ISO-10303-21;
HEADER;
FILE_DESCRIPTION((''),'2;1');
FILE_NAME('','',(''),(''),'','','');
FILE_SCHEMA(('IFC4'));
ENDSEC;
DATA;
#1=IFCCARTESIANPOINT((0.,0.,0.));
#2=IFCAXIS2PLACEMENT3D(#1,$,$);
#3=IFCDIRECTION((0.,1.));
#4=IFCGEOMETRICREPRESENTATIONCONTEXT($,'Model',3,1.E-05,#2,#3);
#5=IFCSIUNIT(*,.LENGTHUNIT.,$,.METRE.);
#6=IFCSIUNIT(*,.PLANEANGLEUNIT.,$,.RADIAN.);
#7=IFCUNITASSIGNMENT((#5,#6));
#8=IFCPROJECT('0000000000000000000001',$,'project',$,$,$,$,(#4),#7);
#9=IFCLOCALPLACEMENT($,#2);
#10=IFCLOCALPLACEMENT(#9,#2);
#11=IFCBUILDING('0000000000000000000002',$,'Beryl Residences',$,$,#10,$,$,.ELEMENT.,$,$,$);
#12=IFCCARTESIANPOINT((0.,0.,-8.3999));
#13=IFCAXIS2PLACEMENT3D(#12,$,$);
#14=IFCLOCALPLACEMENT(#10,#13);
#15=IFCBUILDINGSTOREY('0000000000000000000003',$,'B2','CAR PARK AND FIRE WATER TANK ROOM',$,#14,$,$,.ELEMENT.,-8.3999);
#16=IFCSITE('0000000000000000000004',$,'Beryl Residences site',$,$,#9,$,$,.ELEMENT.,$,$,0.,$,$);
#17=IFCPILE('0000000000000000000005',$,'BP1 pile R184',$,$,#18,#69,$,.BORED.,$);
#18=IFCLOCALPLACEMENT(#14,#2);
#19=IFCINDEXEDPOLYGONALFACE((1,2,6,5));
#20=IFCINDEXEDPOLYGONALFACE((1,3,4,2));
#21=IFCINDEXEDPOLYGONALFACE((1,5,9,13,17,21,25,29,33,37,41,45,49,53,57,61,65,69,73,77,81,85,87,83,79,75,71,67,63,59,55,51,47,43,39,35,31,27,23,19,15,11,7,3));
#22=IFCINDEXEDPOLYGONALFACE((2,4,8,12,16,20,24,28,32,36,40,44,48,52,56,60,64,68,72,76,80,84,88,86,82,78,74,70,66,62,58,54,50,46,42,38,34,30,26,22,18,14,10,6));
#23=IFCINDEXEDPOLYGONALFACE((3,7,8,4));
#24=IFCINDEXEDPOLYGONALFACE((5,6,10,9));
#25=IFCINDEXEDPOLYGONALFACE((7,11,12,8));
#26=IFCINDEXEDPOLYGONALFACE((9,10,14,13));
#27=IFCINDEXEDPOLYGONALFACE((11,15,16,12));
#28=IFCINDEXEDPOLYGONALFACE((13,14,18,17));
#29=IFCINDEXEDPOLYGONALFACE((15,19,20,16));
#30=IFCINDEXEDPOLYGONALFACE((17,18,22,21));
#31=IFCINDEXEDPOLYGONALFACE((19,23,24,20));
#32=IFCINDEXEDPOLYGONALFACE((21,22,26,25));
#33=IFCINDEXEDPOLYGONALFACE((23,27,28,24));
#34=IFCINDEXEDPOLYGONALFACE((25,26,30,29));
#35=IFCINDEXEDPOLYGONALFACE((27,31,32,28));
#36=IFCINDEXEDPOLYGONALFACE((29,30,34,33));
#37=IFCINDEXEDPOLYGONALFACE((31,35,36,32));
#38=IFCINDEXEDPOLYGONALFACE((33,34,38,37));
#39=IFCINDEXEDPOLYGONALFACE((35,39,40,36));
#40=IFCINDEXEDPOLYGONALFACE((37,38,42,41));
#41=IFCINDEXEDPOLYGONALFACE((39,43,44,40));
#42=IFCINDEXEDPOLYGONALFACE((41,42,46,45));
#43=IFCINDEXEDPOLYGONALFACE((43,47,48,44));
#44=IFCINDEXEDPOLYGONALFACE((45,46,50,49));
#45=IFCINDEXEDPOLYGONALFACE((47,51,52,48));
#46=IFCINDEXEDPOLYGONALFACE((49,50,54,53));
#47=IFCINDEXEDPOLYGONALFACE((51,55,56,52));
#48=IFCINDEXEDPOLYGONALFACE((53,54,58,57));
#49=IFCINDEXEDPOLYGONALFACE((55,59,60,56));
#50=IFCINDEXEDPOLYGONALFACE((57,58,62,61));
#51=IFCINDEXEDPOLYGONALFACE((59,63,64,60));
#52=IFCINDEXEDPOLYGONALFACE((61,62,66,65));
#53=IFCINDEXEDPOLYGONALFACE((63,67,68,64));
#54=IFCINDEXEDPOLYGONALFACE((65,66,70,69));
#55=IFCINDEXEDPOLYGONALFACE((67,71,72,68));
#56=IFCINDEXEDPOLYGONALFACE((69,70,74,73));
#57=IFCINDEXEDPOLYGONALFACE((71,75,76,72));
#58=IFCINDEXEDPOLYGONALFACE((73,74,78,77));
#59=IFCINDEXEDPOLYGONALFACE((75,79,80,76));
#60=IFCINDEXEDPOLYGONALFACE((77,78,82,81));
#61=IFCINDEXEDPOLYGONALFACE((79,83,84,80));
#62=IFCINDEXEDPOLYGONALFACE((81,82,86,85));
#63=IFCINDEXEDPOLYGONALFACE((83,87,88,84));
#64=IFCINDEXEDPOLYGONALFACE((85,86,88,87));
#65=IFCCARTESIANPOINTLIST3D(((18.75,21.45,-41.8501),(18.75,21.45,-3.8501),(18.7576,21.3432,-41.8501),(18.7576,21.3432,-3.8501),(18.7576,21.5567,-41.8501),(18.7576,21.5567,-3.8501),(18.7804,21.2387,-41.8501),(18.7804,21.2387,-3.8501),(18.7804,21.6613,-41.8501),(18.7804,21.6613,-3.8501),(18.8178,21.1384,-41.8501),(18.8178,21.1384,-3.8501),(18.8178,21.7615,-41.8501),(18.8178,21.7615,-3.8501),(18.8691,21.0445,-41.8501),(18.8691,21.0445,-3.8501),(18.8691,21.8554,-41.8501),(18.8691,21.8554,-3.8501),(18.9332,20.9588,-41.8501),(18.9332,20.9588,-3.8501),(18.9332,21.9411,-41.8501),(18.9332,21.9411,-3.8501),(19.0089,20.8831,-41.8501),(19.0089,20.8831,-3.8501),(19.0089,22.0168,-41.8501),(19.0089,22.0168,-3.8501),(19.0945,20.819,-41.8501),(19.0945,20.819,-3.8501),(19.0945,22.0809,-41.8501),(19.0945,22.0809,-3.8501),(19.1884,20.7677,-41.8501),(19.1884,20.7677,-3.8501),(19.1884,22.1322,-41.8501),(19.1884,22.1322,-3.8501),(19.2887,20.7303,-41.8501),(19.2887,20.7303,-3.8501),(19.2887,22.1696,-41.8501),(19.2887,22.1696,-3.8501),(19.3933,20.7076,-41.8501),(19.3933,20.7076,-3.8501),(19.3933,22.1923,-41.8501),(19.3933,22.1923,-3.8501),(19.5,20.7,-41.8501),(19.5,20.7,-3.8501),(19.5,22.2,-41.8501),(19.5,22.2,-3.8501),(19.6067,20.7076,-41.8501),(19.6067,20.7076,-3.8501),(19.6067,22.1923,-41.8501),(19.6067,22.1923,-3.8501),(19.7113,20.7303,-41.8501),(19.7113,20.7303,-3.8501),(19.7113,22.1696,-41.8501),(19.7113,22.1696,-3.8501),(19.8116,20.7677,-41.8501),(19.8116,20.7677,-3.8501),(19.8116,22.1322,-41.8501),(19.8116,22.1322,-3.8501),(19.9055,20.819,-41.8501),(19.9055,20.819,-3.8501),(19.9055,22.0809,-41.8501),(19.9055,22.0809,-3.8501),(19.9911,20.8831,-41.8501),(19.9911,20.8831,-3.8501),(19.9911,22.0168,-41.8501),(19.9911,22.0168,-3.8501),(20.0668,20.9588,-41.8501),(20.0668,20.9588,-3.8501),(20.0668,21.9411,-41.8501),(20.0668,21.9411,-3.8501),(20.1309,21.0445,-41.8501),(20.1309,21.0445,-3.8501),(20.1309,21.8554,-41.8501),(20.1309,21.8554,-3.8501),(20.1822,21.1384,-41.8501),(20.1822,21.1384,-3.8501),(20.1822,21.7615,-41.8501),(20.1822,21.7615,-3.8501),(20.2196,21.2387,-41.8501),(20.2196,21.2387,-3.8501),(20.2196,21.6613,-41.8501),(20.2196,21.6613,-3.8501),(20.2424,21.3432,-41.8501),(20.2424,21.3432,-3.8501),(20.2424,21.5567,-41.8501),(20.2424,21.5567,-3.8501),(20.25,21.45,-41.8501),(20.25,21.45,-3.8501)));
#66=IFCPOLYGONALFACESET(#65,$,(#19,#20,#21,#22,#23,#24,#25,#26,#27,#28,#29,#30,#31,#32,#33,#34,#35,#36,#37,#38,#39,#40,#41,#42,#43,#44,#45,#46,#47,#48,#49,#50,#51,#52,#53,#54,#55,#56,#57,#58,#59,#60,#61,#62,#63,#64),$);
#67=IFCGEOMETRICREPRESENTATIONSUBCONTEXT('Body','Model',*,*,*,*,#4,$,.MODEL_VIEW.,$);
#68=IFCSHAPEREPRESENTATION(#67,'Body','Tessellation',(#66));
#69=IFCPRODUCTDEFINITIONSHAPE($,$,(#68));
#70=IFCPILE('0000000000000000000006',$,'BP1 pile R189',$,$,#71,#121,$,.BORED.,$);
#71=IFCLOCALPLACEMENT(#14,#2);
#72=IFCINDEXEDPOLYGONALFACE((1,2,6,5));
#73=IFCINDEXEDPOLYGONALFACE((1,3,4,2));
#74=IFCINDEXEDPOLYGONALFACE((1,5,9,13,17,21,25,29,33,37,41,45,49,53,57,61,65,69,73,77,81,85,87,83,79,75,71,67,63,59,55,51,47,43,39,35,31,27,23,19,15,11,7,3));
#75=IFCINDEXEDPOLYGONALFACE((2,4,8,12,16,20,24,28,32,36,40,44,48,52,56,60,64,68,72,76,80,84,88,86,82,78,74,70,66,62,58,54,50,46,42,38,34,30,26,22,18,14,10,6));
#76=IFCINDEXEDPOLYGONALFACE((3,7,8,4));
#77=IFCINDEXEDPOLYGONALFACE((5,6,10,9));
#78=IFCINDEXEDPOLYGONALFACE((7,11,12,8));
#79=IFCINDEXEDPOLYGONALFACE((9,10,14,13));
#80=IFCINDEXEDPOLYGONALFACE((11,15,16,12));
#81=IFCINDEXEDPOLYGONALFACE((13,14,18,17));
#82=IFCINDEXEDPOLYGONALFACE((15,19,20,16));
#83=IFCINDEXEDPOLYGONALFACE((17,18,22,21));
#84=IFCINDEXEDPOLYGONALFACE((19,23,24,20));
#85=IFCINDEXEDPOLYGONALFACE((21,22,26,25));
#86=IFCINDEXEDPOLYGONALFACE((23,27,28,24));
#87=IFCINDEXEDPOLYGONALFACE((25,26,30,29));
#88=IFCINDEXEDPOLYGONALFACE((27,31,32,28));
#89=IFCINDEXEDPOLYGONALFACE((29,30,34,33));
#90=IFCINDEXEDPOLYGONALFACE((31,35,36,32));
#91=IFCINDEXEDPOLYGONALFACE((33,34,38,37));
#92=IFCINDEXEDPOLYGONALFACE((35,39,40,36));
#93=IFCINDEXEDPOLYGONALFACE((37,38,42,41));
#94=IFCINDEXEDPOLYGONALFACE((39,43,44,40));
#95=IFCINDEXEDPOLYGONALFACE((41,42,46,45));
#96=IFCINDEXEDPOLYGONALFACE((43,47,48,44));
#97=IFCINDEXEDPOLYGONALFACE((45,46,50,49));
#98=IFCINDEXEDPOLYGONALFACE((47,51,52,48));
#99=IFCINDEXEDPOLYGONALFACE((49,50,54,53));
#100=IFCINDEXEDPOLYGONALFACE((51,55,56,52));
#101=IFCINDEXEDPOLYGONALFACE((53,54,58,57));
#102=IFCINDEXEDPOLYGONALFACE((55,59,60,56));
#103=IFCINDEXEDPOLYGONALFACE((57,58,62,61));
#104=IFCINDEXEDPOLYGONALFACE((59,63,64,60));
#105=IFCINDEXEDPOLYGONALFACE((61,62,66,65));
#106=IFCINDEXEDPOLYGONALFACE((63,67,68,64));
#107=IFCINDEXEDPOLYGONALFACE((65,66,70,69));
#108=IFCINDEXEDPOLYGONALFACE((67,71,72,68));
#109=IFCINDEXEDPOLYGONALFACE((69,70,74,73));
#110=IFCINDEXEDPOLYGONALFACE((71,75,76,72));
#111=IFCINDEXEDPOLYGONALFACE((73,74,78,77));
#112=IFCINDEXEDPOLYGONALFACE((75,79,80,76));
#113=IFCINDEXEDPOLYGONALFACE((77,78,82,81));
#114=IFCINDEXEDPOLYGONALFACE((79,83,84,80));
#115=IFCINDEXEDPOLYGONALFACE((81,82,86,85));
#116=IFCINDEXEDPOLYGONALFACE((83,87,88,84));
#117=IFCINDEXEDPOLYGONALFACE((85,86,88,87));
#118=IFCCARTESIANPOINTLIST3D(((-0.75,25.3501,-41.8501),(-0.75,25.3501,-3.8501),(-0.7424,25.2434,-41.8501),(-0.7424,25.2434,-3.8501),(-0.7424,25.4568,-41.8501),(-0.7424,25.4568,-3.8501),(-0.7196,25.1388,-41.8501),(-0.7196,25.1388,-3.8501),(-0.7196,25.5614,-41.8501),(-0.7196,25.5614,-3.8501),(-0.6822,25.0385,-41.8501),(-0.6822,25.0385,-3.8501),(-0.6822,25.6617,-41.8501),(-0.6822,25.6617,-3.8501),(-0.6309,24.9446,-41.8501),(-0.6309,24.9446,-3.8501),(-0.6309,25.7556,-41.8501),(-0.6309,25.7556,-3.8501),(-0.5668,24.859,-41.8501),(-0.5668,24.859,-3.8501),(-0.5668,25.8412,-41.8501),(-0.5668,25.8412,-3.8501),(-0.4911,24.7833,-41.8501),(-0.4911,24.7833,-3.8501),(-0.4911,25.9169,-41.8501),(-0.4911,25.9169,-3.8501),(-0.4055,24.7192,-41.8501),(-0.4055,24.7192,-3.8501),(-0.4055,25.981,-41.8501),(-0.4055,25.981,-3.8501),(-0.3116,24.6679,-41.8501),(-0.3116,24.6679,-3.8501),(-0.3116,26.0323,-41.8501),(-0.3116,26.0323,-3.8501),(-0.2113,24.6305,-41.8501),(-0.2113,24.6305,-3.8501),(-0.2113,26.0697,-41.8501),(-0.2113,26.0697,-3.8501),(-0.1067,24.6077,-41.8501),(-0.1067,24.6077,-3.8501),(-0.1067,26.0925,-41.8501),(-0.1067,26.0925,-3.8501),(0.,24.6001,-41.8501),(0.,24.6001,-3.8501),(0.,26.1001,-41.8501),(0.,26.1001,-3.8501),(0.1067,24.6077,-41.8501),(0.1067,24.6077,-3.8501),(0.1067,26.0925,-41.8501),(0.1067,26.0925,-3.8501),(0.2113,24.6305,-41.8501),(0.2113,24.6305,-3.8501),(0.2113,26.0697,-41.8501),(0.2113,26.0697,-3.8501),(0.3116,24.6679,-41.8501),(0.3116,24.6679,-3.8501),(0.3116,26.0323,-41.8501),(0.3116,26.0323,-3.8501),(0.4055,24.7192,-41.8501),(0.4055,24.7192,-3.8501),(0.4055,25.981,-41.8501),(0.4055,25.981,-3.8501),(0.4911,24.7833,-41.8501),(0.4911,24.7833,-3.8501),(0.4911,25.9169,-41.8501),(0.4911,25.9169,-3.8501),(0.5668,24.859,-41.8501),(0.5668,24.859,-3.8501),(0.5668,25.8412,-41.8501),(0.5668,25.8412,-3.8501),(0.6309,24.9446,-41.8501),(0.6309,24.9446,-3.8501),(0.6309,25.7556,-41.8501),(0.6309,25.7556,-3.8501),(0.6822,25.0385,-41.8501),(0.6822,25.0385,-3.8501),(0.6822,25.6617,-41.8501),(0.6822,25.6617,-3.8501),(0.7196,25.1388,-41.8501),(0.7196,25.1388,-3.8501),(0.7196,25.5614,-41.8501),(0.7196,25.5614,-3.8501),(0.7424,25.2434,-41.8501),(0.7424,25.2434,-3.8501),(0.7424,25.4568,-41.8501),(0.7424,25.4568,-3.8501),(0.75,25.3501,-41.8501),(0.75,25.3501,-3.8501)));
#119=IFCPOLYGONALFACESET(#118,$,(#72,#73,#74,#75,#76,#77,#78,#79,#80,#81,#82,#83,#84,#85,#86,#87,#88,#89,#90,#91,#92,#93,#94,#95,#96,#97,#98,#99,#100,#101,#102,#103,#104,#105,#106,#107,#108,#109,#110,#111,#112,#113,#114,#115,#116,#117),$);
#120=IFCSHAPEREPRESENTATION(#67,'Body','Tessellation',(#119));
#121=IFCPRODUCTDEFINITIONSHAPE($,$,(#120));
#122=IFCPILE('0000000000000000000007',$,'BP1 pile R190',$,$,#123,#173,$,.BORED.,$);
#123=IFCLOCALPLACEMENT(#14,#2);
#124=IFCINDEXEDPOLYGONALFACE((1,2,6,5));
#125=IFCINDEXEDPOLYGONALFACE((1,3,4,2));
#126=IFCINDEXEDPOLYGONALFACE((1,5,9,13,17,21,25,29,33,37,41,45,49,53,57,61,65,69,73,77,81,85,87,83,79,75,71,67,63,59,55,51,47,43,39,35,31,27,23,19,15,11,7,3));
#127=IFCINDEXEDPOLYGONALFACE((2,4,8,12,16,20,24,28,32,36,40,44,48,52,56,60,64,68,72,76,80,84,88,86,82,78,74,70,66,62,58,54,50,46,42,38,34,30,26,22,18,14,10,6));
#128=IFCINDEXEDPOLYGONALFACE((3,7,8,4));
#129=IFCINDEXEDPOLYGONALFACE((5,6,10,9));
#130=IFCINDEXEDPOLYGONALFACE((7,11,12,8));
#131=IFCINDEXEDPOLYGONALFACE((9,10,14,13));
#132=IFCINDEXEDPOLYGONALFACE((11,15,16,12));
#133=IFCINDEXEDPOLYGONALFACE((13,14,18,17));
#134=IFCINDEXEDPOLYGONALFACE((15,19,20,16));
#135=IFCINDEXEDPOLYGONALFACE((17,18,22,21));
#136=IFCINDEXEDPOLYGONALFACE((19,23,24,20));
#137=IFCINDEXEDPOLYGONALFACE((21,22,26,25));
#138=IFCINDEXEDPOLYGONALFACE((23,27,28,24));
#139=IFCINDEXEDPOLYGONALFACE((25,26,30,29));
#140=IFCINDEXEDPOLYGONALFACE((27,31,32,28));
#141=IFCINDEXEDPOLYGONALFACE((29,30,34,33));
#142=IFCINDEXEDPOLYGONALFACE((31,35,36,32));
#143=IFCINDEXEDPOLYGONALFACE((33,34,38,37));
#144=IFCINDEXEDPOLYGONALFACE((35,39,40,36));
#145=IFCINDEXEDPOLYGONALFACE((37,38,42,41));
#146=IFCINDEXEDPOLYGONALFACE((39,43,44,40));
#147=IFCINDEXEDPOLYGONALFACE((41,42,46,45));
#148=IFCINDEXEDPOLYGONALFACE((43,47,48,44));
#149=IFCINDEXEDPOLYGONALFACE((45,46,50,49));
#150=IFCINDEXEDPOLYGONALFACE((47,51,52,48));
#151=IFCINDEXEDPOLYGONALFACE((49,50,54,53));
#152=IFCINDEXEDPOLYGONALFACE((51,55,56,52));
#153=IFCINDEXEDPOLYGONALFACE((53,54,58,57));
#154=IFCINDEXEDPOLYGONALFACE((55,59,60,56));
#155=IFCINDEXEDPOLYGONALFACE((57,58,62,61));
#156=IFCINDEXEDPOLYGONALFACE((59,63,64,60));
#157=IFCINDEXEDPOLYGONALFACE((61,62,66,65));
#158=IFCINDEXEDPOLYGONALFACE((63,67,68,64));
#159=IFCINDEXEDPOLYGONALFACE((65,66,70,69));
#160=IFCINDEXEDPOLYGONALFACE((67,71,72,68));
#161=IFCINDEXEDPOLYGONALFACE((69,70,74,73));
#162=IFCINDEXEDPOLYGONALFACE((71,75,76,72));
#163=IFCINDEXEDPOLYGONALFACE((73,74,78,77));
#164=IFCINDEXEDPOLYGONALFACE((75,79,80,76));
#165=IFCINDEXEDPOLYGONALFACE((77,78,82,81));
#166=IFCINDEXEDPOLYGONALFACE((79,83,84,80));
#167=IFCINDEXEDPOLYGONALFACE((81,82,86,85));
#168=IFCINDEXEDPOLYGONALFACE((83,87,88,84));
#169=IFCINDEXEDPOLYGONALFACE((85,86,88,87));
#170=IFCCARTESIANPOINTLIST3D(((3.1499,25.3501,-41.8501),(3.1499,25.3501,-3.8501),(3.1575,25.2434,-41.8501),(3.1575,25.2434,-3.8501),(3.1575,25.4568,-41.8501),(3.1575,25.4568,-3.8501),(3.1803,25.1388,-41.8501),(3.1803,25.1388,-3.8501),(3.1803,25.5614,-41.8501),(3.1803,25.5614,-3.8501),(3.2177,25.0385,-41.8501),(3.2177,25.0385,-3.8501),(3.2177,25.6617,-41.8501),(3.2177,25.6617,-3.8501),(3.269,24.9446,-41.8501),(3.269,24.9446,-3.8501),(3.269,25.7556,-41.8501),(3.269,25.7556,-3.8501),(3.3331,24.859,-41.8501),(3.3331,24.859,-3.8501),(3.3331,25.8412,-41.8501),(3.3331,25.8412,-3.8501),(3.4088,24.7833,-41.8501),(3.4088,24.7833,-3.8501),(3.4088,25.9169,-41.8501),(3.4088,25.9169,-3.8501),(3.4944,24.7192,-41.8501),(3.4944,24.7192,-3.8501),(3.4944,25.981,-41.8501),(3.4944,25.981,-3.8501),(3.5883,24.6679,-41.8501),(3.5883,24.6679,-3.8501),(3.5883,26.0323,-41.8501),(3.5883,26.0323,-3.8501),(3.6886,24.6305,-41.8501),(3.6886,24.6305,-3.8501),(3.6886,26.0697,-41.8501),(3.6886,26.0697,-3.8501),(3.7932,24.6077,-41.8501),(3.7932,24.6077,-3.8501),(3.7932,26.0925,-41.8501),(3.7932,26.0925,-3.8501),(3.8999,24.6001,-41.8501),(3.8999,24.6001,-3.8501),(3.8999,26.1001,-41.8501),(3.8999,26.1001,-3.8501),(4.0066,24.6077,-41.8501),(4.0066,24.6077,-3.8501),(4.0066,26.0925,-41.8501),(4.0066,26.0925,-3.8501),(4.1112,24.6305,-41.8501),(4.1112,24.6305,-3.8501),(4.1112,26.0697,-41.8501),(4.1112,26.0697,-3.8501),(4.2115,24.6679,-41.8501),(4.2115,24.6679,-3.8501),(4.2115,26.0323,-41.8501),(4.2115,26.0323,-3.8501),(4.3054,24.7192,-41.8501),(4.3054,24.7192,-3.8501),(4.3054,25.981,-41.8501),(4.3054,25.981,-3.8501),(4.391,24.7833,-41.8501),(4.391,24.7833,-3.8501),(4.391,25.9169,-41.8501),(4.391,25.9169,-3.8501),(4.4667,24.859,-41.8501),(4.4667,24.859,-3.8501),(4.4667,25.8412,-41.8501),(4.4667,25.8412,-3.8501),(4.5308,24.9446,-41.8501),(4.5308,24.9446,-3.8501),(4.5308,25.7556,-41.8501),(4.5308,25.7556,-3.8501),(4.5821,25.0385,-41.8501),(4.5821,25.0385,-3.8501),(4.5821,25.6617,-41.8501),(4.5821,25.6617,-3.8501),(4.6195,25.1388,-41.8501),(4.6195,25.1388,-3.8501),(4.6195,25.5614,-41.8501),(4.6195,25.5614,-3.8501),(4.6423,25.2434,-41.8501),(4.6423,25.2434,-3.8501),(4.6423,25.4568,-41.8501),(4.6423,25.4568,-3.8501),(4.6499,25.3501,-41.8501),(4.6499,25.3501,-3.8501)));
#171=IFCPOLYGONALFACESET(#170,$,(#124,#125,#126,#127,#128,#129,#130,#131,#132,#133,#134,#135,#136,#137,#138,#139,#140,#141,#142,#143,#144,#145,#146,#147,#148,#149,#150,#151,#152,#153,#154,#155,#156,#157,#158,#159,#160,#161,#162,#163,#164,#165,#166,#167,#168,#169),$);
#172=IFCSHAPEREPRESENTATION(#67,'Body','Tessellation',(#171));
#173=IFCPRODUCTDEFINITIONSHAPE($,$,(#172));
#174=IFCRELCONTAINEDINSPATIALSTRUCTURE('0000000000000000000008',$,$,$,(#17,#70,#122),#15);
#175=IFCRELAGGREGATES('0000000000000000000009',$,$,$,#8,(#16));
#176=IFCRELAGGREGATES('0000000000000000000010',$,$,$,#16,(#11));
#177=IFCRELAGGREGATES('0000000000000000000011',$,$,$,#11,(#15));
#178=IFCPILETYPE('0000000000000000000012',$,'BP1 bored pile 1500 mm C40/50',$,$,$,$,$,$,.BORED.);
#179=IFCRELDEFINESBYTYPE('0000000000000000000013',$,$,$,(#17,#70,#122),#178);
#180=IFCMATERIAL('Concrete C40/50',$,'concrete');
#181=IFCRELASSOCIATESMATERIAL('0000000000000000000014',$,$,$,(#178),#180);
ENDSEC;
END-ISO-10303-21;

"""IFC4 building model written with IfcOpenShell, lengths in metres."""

from ifc_helpers import new_model, si_unit, direction, frame, origin, origin_2d, place, context, subcontext, project, spatial, circle, extrude, material, material_profile, profile_set, type_object, element, save


model = new_model("IFC4")

# Units and contexts
model_context = context("Model", 3, precision=1e-05, world=origin(), true_north=direction((0.0, 1.0)))
body_context = subcontext(model_context, "Body", "Model", "MODEL_VIEW")
ifc_project = project(units=[si_unit("LENGTHUNIT", "METRE"), si_unit("PLANEANGLEUNIT", "RADIAN")], contexts=[model_context])

# Site, building, storey
site_placement = place(None, origin())
site = spatial("IfcSite", under=ifc_project, at=site_placement, Name="Beryl Residences site", CompositionType="ELEMENT", RefElevation=0.0)
building_placement = place(site_placement, origin())
building = spatial("IfcBuilding", under=site, at=building_placement, Name="Beryl Residences", CompositionType="ELEMENT")
storey_placement = place(building_placement, frame((0.0, 0.0, -8.3999)))
storey = spatial("IfcBuildingStorey", under=building, at=storey_placement, Name="B2", Description="CAR PARK AND FIRE WATER TANK ROOM", CompositionType="ELEMENT", Elevation=-8.3999)

# Piles
ifc_material_1 = material(Name="Concrete C40/50", Category="concrete")
ifc_material_profile_1 = material_profile(ifc_material_1, circle(Radius=0.75, at=origin_2d()))
ifc_profile_set_1 = profile_set([ifc_material_profile_1], Name="Concrete C40/50")
pile_type_1 = type_object("IfcPileType", Name="BP1 bored pile 1500 mm C40/50", PredefinedType="BORED", material=ifc_profile_set_1)
for number, where, z_axis, x_axis, name in (
    (1, (19.5, 21.45, -3.8501), (0.0, 0.0, -1.0), (1.0, 0.0, 0.0), "BP1 pile R184"),
    (2, (0.0, 25.3501, -3.8501), (0.0, 0.0, -1.0), (1.0, 0.0, 0.0), "BP1 pile R189"),
    (3, (3.8999, 25.3501, -3.8501), (0.0, 0.0, -1.0), (1.0, 0.0, 0.0), "BP1 pile R190"),
):
    element("IfcPile", number, at=place(storey_placement, frame(where, z_axis=z_axis, x_axis=x_axis)), inside=storey, type_object=pile_type_1, Name=name, PredefinedType="BORED", context=body_context, shape_type="SweptSolid", body=[
        extrude(circle(Radius=0.75, at=origin_2d()), origin(), (0.0, 0.0, 1.0), 38.0),
    ])

save(model, "model.ifc")
